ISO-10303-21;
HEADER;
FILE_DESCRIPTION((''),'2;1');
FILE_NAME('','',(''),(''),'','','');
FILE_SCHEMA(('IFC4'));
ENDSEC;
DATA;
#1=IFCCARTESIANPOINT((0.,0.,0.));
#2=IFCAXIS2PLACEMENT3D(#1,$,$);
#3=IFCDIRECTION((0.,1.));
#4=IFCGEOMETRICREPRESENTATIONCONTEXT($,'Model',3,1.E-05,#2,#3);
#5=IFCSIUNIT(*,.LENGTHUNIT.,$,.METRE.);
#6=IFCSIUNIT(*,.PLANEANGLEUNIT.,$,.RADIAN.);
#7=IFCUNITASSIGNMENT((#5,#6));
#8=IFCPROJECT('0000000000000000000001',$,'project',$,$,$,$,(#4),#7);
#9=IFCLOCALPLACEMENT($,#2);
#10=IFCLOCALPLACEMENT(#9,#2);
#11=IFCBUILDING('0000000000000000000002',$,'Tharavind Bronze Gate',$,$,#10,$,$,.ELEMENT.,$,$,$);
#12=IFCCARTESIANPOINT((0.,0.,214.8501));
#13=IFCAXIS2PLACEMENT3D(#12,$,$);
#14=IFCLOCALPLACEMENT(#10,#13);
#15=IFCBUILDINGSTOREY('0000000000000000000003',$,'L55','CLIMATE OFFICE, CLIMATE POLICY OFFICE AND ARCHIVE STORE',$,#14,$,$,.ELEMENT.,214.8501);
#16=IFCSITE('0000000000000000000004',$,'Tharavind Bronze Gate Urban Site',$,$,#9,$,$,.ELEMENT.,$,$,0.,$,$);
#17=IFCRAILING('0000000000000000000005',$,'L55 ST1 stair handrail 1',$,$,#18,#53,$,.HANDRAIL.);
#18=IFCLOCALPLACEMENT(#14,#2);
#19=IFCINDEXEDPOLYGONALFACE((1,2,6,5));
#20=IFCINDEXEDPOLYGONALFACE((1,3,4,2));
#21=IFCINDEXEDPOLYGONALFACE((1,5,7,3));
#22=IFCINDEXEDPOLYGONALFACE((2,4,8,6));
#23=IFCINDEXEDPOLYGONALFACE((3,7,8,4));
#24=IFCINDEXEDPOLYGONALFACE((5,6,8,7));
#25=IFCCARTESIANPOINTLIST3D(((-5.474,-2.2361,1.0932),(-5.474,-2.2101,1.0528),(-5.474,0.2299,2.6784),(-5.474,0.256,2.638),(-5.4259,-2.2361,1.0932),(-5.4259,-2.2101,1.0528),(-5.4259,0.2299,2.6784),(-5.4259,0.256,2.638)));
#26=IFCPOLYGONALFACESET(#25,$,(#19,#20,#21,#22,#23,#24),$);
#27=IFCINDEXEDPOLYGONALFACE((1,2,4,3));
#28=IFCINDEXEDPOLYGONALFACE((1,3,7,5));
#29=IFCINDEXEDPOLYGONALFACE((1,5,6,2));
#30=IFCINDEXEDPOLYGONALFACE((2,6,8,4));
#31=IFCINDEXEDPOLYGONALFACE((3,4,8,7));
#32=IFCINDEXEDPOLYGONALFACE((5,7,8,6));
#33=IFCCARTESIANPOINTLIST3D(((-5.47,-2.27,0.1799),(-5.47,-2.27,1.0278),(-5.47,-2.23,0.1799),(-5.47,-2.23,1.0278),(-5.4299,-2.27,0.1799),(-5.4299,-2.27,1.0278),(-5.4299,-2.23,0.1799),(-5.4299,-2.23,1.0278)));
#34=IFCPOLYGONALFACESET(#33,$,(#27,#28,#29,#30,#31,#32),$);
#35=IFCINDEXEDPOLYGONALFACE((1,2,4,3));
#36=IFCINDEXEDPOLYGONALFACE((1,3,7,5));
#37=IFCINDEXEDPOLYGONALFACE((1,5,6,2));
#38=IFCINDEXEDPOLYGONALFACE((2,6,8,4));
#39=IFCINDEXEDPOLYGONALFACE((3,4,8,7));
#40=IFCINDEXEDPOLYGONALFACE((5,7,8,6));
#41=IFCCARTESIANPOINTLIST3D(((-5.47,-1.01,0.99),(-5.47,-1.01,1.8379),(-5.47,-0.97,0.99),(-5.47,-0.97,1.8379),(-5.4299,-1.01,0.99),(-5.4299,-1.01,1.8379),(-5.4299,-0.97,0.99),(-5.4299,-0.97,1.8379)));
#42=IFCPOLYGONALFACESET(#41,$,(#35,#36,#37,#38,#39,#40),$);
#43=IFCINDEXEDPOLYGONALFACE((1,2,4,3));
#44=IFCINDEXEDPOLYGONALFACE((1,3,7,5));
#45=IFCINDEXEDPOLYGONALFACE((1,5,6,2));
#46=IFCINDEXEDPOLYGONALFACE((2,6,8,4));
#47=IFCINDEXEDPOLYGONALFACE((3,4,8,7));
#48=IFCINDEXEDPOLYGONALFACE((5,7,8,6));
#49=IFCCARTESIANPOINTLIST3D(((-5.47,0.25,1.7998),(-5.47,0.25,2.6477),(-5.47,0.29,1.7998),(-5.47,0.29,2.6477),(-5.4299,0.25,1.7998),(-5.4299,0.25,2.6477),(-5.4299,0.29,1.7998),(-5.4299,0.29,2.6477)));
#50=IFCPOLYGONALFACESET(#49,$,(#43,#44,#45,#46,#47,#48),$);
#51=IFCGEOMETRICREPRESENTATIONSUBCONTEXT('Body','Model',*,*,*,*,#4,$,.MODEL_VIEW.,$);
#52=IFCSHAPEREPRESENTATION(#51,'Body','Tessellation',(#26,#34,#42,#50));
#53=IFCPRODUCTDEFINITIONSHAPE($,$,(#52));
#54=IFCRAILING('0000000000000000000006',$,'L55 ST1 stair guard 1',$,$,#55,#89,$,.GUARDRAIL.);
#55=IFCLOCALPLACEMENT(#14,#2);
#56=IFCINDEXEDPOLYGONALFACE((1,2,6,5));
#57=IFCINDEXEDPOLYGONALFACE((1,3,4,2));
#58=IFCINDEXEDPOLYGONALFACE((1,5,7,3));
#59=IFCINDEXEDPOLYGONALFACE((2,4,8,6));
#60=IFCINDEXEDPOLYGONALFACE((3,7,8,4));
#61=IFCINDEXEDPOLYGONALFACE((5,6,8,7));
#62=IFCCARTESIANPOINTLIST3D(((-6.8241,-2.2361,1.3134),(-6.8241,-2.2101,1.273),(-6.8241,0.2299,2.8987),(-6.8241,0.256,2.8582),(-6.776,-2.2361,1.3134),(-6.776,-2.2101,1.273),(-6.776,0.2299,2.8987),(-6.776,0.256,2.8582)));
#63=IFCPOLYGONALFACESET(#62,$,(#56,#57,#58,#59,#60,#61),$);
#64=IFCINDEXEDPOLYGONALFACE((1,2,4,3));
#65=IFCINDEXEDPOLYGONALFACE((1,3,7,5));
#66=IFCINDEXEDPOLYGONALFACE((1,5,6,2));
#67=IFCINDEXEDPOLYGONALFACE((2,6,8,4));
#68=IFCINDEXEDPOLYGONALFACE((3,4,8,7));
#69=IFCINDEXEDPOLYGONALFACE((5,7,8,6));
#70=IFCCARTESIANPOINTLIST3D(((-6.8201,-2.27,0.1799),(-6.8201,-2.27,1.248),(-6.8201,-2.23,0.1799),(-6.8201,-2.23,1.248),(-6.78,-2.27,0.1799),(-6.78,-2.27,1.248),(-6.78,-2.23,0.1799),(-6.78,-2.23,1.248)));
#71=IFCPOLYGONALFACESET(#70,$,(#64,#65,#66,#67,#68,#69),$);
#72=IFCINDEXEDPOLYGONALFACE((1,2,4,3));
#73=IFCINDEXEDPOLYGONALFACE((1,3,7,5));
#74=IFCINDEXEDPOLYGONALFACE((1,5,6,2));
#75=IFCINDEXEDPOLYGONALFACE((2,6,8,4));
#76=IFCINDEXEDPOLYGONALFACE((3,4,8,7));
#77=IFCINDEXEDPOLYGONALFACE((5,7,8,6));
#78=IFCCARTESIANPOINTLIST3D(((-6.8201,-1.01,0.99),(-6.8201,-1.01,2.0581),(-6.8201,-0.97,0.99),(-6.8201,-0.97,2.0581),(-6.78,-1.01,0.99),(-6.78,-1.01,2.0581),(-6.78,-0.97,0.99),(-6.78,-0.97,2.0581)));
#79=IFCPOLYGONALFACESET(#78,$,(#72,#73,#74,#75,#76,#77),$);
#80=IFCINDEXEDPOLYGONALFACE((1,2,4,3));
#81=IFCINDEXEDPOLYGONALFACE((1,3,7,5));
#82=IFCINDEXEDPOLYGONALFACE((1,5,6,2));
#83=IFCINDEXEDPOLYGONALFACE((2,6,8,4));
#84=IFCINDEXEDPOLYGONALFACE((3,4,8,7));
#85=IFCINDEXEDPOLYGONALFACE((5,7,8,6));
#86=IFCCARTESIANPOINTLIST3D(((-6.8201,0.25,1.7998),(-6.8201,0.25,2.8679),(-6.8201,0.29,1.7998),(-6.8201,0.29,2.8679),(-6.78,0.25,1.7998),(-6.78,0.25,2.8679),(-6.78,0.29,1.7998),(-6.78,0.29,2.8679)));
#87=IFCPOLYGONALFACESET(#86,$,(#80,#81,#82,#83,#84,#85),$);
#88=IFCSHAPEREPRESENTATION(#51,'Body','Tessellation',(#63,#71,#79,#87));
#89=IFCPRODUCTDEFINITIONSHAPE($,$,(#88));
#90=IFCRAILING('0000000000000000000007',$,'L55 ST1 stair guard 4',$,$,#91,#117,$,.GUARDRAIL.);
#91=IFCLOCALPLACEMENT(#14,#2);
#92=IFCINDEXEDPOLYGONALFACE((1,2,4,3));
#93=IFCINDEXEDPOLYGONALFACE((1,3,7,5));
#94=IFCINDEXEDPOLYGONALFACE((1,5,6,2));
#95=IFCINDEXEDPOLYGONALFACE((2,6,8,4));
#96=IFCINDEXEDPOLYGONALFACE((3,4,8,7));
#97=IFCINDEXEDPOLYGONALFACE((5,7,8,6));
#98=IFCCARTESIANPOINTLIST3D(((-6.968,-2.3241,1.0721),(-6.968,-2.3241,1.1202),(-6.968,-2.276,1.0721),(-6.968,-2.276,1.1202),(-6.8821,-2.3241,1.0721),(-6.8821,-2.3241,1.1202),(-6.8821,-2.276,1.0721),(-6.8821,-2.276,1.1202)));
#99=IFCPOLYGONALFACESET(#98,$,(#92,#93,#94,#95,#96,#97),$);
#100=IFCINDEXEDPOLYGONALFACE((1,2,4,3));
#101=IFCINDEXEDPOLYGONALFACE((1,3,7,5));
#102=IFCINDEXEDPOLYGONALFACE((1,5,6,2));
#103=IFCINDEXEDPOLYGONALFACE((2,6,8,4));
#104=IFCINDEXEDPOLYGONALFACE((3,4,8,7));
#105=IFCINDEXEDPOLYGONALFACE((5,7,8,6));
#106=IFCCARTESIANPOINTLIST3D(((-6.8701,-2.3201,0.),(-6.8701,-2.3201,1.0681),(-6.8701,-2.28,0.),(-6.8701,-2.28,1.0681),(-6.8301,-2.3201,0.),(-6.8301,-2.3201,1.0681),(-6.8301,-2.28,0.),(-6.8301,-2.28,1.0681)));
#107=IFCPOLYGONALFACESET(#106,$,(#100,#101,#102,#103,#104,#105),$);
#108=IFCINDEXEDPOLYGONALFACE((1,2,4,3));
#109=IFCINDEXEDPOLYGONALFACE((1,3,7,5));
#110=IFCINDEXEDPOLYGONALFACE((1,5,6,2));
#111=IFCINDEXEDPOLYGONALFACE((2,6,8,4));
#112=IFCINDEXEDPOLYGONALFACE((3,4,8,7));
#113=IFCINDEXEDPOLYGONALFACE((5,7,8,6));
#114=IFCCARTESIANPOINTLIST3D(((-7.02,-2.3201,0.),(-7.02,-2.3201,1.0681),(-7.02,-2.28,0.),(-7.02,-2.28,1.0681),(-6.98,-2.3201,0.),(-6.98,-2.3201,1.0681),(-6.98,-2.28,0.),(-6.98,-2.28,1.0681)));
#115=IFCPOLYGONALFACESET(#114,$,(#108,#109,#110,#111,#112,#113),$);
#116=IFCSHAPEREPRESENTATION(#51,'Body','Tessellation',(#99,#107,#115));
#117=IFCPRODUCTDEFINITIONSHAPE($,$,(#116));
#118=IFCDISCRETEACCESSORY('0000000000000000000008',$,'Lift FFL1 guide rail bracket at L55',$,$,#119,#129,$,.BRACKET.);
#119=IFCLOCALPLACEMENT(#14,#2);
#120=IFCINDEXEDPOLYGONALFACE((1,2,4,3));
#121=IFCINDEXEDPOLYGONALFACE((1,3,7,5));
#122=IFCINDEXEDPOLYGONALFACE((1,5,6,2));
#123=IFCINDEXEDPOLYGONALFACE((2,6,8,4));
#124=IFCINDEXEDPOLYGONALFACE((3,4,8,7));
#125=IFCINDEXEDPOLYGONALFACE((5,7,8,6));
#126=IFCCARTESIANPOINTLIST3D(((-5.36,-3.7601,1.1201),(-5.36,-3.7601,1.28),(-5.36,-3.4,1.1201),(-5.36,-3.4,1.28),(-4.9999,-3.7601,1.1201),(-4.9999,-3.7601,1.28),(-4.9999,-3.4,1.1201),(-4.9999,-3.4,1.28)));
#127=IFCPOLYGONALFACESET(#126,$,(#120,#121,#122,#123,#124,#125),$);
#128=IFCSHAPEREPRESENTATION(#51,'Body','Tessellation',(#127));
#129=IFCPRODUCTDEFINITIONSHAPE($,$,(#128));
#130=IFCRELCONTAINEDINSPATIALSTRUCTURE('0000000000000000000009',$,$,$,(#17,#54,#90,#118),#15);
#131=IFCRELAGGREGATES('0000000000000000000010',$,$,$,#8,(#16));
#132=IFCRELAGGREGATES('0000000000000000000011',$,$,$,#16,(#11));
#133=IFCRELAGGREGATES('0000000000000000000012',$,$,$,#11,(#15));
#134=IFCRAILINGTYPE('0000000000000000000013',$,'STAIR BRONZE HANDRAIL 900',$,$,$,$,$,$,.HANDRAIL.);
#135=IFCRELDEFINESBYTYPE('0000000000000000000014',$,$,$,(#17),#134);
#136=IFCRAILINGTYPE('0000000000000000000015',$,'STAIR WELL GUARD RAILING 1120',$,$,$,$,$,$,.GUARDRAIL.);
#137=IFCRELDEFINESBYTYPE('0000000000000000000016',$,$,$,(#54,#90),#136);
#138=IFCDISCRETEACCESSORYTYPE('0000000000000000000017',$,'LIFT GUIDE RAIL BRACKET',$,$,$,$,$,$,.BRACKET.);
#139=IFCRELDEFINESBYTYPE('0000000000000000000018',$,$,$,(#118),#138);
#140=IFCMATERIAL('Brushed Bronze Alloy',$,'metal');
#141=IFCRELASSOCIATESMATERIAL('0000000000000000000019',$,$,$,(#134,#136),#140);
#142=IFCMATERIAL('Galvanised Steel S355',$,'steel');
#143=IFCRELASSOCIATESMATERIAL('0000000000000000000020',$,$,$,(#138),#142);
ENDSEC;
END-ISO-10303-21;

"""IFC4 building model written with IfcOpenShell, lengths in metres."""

from ifc_helpers import new_model, si_unit, direction, frame, origin, origin_2d, place, context, subcontext, project, spatial, rectangle, extrude, material, type_object, element, save


model = new_model("IFC4")

# Units and contexts
model_context = context("Model", 3, precision=1e-05, world=origin(), true_north=direction((0.0, 1.0)))
body_context = subcontext(model_context, "Body", "Model", "MODEL_VIEW")
ifc_project = project(units=[si_unit("LENGTHUNIT", "METRE"), si_unit("PLANEANGLEUNIT", "RADIAN")], contexts=[model_context])

# Site, building, storey
site_placement = place(None, origin())
site = spatial("IfcSite", under=ifc_project, at=site_placement, Name="Tharavind Bronze Gate Urban Site", CompositionType="ELEMENT", RefElevation=0.0)
building_placement = place(site_placement, origin())
building = spatial("IfcBuilding", under=site, at=building_placement, Name="Tharavind Bronze Gate", CompositionType="ELEMENT")
storey_placement = place(building_placement, frame((0.0, 0.0, 214.8501)))
storey = spatial("IfcBuildingStorey", under=building, at=storey_placement, Name="L55", Description="CLIMATE OFFICE, CLIMATE POLICY OFFICE AND ARCHIVE STORE", CompositionType="ELEMENT", Elevation=214.8501)

# Railings
ifc_material_1 = material(Name="Brushed Bronze Alloy", Category="metal")
railing_type_1 = type_object("IfcRailingType", Name="STAIR BRONZE HANDRAIL 900", PredefinedType="HANDRAIL", material=ifc_material_1)
railing_1_placement = place(storey_placement, frame((-5.45, -2.25, 0.1799)))
element("IfcRailing", 1, at=railing_1_placement, inside=storey, type_object=railing_type_1, Name="L55 ST1 stair handrail 1", PredefinedType="HANDRAIL", context=body_context, shape_type="SweptSolid", body=[
    extrude(rectangle(XDim=0.0481, YDim=0.0481, at=origin_2d()), frame((0.0, 0.0269, 0.8931), z_axis=(0.0, 0.8412, 0.540725), x_axis=(-1.0, 0.0, 0.0)), (0.0, 0.0, 1.0), 2.9316),
    extrude(rectangle(XDim=0.04, YDim=0.04, at=origin_2d()), origin(), (0.0, 0.0, 1.0), 0.8479),
    extrude(rectangle(XDim=0.04, YDim=0.04, at=origin_2d()), frame((0.0, 1.26, 0.8101)), (0.0, 0.0, 1.0), 0.8479),
    extrude(rectangle(XDim=0.04, YDim=0.04, at=origin_2d()), frame((0.0, 2.52, 1.6199)), (0.0, 0.0, 1.0), 0.8479),
])
railing_type_2 = type_object("IfcRailingType", Name="STAIR WELL GUARD RAILING 1120", PredefinedType="GUARDRAIL", material=ifc_material_1)
railing_2_placement = place(storey_placement, frame((-6.8, -2.25, 0.1799)))
element("IfcRailing", 2, at=railing_2_placement, inside=storey, type_object=railing_type_2, Name="L55 ST1 stair guard 1", PredefinedType="GUARDRAIL", context=body_context, shape_type="SweptSolid", body=[
    extrude(rectangle(XDim=0.0481, YDim=0.0481, at=origin_2d()), frame((0.0, 0.0269, 1.1133), z_axis=(0.0, 0.8412, 0.540725), x_axis=(-1.0, 0.0, 0.0)), (0.0, 0.0, 1.0), 2.9316),
    extrude(rectangle(XDim=0.04, YDim=0.04, at=origin_2d()), origin(), (0.0, 0.0, 1.0), 1.0681),
    extrude(rectangle(XDim=0.04, YDim=0.04, at=origin_2d()), frame((0.0, 1.26, 0.8101)), (0.0, 0.0, 1.0), 1.0681),
    extrude(rectangle(XDim=0.04, YDim=0.04, at=origin_2d()), frame((0.0, 2.52, 1.6199)), (0.0, 0.0, 1.0), 1.0681),
])
railing_3_placement = place(storey_placement, frame((-6.8501, -2.3, 0.0)))
element("IfcRailing", 3, at=railing_3_placement, inside=storey, type_object=railing_type_2, Name="L55 ST1 stair guard 4", PredefinedType="GUARDRAIL", context=body_context, shape_type="SweptSolid", body=[
    extrude(rectangle(XDim=0.0481, YDim=0.0481, at=origin_2d()), frame((-0.032, 0.0, 1.0962), z_axis=(-1.0, 0.0, 0.0), x_axis=(0.0, -1.0, 0.0)), (0.0, 0.0, 1.0), 0.0859),
    extrude(rectangle(XDim=0.04, YDim=0.04, at=origin_2d()), origin(), (0.0, 0.0, 1.0), 1.0681),
    extrude(rectangle(XDim=0.04, YDim=0.04, at=origin_2d()), frame((-0.1499, 0.0, 0.0)), (0.0, 0.0, 1.0), 1.0681),
])

# Discrete accessory
ifc_material_2 = material(Name="Galvanised Steel S355", Category="steel")
discrete_accessory_type = type_object("IfcDiscreteAccessoryType", Name="LIFT GUIDE RAIL BRACKET", PredefinedType="BRACKET", material=ifc_material_2)
discrete_accessory_placement = place(storey_placement, frame((-5.1799, -3.5801, 1.1201), z_axis=(0.0, 0.0, 1.0), x_axis=(1.0, 0.0, 0.0)))
element("IfcDiscreteAccessory", 4, at=discrete_accessory_placement, inside=storey, type_object=discrete_accessory_type, Name="Lift FFL1 guide rail bracket at L55", PredefinedType="BRACKET", context=body_context, shape_type="SweptSolid", body=[
    extrude(rectangle(XDim=0.3601, YDim=0.3601, at=origin_2d()), origin(), (0.0, 0.0, 1.0), 0.1599),
])

save(model, "model.ifc")
